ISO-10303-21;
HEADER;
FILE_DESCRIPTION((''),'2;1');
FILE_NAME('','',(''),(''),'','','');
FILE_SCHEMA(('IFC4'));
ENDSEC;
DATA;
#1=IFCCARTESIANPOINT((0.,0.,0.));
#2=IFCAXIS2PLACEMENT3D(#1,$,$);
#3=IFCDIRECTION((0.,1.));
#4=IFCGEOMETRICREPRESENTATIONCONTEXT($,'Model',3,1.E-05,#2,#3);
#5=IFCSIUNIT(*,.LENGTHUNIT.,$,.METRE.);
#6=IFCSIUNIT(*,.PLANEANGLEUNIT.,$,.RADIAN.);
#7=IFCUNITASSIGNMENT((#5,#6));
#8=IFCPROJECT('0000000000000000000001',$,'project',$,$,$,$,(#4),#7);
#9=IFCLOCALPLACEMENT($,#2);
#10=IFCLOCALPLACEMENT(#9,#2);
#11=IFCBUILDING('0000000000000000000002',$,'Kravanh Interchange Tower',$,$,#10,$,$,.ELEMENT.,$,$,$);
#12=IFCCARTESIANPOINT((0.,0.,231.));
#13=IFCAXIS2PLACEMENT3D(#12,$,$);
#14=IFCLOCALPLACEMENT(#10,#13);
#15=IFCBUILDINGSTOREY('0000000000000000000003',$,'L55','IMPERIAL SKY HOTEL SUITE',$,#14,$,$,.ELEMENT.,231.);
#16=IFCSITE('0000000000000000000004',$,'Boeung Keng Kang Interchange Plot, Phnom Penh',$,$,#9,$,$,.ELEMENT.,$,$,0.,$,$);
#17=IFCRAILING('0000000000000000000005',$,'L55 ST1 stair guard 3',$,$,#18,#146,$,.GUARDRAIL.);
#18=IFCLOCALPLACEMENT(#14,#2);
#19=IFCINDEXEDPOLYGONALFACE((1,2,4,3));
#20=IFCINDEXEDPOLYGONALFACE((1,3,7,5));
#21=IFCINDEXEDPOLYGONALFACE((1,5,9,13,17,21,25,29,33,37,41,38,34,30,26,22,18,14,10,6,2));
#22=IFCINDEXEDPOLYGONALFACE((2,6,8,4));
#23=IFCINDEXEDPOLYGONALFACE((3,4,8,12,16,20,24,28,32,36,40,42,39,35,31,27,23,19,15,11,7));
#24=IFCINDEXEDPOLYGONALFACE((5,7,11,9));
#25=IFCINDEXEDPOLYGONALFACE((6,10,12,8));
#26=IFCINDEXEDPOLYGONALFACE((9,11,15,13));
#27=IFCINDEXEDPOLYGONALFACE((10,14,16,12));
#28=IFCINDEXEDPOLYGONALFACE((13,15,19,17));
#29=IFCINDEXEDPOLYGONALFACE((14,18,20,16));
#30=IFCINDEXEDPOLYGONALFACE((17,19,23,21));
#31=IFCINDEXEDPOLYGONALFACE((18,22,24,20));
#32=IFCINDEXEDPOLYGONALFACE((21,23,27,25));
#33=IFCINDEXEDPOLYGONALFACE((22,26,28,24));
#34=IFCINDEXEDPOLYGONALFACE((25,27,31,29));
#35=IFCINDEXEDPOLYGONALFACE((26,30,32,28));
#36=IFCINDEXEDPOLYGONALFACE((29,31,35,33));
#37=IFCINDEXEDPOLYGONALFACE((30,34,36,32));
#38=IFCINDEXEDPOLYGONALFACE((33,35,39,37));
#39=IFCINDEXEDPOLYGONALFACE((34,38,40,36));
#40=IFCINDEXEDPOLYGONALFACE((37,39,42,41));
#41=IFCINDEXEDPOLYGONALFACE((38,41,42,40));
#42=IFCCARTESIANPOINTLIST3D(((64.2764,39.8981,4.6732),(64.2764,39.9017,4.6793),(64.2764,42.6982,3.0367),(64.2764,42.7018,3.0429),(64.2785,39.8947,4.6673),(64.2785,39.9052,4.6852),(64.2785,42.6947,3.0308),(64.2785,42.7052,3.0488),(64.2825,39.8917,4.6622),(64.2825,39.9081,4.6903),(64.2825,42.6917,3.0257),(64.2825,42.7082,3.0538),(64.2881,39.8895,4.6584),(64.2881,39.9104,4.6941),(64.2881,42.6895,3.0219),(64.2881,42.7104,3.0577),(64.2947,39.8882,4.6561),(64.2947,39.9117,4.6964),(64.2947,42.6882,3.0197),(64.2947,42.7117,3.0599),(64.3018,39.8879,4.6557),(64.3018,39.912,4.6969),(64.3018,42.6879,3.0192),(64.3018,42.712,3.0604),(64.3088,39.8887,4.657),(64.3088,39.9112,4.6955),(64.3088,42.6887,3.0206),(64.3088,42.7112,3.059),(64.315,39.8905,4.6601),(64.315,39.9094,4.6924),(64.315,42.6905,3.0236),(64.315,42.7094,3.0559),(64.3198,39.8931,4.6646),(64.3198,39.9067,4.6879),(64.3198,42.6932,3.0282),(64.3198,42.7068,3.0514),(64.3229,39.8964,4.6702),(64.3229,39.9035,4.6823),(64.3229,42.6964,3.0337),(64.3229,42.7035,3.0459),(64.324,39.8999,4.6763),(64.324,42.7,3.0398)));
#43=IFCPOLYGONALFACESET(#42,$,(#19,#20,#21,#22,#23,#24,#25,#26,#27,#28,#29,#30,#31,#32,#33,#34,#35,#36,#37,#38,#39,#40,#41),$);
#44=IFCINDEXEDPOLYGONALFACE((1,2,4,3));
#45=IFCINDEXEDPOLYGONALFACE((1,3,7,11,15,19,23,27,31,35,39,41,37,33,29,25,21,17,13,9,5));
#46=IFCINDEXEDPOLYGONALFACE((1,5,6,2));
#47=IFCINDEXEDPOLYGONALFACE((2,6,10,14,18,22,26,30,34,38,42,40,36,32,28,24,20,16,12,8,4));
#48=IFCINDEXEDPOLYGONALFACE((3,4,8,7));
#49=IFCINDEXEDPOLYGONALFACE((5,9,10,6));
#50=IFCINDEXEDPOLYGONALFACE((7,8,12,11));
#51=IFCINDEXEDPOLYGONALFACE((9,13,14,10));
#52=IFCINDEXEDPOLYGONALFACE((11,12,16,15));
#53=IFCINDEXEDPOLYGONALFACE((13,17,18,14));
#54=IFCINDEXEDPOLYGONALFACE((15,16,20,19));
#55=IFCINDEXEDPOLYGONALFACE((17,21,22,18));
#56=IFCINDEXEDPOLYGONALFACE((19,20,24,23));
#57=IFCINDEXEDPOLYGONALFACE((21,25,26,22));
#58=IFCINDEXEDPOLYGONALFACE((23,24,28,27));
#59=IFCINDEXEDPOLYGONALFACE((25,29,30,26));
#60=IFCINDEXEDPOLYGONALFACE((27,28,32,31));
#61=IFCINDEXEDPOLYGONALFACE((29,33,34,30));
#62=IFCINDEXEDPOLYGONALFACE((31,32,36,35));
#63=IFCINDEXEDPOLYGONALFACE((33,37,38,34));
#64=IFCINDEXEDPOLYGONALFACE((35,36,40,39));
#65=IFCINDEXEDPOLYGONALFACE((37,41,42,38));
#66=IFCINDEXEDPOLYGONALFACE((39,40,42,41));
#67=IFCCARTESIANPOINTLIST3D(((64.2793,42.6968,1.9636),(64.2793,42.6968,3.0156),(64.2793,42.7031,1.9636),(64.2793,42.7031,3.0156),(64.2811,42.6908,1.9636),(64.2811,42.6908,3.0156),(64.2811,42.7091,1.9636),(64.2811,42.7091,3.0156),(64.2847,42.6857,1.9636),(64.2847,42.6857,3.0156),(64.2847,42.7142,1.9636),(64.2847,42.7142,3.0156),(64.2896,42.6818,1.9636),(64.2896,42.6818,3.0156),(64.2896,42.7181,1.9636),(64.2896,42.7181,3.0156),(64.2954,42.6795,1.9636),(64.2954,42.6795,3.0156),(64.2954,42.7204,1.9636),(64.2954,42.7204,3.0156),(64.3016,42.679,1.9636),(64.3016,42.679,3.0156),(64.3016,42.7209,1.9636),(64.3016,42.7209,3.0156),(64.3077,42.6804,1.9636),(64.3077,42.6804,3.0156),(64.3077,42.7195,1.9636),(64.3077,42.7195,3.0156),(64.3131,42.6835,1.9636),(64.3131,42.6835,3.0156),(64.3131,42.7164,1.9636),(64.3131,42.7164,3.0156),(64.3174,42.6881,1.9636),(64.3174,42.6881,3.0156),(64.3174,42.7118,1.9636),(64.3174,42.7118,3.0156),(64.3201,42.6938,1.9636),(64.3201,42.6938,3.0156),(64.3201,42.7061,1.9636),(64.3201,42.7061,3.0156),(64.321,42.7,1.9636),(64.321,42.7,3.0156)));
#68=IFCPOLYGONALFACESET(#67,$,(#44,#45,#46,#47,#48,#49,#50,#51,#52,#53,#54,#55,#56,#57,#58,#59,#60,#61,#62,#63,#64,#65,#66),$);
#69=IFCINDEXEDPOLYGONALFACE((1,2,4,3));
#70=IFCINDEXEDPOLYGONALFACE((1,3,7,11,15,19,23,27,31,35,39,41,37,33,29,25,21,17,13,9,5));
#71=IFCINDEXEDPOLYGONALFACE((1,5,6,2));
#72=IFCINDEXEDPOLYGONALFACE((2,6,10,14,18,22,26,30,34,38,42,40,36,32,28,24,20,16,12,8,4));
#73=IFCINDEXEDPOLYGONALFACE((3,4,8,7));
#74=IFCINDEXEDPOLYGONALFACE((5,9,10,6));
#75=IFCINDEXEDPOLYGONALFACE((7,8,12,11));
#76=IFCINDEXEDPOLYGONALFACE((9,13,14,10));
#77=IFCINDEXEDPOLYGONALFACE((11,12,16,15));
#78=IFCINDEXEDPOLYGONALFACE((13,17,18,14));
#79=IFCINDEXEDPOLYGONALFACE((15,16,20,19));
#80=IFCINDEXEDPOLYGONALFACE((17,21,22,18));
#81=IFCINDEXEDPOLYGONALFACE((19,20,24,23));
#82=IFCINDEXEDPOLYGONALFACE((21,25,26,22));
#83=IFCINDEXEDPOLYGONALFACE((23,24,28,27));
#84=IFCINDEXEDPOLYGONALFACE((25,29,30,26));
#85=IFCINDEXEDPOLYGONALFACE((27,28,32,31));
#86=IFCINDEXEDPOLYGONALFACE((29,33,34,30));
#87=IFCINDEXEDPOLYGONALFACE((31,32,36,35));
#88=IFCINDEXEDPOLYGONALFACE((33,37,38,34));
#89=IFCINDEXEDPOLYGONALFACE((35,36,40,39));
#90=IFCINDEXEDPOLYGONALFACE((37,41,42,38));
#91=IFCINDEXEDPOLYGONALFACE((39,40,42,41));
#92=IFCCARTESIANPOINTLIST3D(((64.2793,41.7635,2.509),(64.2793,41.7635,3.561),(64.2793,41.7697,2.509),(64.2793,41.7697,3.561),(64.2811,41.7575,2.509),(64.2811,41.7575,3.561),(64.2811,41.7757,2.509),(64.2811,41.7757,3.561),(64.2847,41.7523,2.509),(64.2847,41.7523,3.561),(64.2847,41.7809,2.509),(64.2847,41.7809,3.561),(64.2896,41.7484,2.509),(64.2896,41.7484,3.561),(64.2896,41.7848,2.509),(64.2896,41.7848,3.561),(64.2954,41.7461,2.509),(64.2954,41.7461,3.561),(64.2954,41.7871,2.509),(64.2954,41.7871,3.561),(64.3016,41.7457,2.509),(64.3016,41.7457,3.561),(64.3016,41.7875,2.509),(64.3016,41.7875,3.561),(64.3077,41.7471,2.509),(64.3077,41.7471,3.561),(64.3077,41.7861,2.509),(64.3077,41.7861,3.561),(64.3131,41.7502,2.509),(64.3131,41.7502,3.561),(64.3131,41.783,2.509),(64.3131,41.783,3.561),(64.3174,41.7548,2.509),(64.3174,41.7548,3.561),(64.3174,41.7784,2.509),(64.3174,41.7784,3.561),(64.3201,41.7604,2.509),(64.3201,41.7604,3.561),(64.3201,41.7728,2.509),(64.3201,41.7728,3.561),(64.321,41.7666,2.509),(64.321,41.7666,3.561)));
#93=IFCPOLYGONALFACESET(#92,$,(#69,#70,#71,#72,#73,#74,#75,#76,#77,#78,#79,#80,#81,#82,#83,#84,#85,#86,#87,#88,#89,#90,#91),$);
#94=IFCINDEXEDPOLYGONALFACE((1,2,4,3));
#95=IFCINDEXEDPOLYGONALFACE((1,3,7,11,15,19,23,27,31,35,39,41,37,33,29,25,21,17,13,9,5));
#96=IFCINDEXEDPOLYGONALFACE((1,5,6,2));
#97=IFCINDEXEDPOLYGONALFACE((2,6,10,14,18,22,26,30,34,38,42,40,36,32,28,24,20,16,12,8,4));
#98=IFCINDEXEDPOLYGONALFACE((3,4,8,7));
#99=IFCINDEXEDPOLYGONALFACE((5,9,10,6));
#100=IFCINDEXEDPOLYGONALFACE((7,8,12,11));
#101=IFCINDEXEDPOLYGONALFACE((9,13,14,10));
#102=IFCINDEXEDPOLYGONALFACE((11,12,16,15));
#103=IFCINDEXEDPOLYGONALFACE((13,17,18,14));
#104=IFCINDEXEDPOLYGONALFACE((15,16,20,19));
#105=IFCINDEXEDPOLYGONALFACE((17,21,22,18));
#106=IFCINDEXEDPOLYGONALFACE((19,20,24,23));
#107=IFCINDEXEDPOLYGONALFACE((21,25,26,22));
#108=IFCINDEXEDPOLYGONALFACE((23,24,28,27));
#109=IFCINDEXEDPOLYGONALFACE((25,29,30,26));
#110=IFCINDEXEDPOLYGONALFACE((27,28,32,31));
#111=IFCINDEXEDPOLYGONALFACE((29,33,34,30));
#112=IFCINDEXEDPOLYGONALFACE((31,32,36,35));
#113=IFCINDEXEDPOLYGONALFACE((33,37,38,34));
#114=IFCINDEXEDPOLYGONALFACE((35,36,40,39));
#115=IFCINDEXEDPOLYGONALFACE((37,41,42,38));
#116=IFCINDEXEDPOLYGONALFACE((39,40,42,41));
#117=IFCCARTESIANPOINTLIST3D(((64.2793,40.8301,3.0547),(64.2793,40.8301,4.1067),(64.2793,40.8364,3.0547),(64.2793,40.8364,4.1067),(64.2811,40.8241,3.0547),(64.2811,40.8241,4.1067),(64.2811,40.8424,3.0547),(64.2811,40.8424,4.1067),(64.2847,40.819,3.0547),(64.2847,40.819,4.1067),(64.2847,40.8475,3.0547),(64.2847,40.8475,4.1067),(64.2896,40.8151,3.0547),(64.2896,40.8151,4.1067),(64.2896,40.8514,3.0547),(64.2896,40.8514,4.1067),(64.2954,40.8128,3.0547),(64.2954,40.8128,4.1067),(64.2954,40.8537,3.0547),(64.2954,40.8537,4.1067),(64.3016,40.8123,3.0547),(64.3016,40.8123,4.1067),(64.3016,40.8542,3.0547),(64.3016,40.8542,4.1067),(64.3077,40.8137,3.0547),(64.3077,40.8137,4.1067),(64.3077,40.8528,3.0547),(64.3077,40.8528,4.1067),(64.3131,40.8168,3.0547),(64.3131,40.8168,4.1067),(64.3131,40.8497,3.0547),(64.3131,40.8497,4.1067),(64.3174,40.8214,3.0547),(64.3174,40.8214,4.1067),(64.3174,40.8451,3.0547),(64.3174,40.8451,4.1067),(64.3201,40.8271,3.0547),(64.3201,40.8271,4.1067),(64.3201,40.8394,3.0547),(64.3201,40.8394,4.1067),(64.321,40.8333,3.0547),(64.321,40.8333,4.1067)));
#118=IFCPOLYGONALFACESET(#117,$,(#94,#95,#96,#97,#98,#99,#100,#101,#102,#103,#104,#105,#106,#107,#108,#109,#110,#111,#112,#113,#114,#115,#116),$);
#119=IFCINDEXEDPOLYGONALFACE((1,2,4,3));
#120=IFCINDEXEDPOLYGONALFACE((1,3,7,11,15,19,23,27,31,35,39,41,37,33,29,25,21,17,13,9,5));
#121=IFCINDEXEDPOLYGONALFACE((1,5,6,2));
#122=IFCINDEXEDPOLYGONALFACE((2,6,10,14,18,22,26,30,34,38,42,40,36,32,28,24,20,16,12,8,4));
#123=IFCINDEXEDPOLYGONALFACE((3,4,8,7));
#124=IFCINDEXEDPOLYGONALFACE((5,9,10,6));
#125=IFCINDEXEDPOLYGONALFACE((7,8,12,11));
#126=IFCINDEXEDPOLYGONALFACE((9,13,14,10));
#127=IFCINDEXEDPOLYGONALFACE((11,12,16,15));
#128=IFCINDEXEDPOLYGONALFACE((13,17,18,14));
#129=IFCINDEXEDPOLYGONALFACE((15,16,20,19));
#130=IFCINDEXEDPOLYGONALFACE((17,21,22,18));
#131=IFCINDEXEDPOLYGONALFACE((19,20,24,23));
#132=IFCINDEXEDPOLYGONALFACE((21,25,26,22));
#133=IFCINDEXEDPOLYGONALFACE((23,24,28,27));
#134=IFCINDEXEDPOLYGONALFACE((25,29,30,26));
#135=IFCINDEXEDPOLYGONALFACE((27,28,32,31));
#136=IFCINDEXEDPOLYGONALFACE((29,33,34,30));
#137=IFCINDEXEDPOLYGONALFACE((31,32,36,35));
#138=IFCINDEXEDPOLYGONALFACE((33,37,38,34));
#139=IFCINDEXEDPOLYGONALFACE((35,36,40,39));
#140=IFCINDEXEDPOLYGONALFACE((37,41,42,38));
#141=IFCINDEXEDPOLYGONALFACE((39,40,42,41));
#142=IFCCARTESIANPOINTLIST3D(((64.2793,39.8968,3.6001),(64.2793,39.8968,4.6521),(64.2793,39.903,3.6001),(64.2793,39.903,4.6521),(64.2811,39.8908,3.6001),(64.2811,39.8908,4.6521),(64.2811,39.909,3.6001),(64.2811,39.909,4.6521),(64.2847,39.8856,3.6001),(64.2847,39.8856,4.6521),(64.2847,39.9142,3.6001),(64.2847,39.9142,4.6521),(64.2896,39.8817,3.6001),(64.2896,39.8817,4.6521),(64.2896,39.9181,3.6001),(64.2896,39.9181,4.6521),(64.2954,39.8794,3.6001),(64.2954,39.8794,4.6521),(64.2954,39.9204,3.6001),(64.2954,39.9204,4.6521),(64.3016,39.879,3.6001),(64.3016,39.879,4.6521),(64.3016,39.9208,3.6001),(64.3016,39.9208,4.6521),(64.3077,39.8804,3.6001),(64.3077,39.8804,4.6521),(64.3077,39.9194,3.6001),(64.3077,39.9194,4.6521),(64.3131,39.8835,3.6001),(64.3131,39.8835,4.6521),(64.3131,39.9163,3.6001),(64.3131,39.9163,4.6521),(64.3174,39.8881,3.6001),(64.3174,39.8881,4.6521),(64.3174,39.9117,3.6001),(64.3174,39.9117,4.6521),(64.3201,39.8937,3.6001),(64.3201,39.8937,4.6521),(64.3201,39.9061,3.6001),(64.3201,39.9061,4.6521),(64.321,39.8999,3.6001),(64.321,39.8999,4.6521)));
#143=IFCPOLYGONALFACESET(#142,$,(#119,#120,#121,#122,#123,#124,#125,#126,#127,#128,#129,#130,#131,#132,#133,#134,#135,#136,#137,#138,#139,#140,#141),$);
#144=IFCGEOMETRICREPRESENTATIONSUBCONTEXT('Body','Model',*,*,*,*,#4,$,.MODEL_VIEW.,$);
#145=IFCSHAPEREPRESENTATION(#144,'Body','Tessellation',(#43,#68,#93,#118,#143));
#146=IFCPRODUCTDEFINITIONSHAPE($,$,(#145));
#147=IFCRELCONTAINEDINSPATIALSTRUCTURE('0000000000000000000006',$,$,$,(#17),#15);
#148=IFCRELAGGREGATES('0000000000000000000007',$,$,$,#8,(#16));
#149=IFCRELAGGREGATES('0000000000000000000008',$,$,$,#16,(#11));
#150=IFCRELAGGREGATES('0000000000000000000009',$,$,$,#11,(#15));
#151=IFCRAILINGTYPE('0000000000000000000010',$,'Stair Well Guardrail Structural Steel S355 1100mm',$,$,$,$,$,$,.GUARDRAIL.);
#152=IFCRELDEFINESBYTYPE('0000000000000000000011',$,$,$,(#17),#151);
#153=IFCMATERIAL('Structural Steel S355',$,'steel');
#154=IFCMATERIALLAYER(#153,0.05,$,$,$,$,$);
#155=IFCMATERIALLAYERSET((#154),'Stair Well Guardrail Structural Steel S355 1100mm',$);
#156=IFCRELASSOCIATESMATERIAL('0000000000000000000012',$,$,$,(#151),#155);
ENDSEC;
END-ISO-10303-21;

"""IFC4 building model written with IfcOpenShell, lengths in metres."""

from ifc_helpers import new_model, si_unit, direction, frame, origin, origin_2d, place, context, subcontext, project, spatial, circle, extrude, material, layer, layer_set, type_object, element, save


model = new_model("IFC4")

# Units and contexts
model_context = context("Model", 3, precision=1e-05, world=origin(), true_north=direction((0.0, 1.0)))
body_context = subcontext(model_context, "Body", "Model", "MODEL_VIEW")
ifc_project = project(units=[si_unit("LENGTHUNIT", "METRE"), si_unit("PLANEANGLEUNIT", "RADIAN")], contexts=[model_context])

# Site, building, storey
site_placement = place(None, origin())
site = spatial("IfcSite", under=ifc_project, at=site_placement, Name="Boeung Keng Kang Interchange Plot, Phnom Penh", CompositionType="ELEMENT", RefElevation=0.0)
building_placement = place(site_placement, origin())
building = spatial("IfcBuilding", under=site, at=building_placement, Name="Kravanh Interchange Tower", CompositionType="ELEMENT")
storey_placement = place(building_placement, frame((0.0, 0.0, 231.0)))
storey = spatial("IfcBuildingStorey", under=building, at=storey_placement, Name="L55", Description="IMPERIAL SKY HOTEL SUITE", CompositionType="ELEMENT", Elevation=231.0)

# Railing
ifc_material_1 = material(Name="Structural Steel S355", Category="steel")
ifc_layer_1 = layer(ifc_material_1, 0.05)
ifc_layer_set_1 = layer_set([ifc_layer_1], Name="Stair Well Guardrail Structural Steel S355 1100mm")
railing_type_1 = type_object("IfcRailingType", Name="Stair Well Guardrail Structural Steel S355 1100mm", PredefinedType="GUARDRAIL", material=ifc_layer_set_1)
railing_1_placement = place(storey_placement, frame((64.3, 42.7, 1.9636)))
element("IfcRailing", 1, at=railing_1_placement, inside=storey, type_object=railing_type_1, Name="L55 ST1 stair guard 3", PredefinedType="GUARDRAIL", context=body_context, shape_type="SweptSolid", body=[
    extrude(circle(Radius=0.0239, at=origin_2d()), frame((0.0, 0.0, 1.0762), z_axis=(0.0, -0.863361, 0.504587), x_axis=(1.0, 0.0, 0.0)), (0.0, 0.0, 1.0), 3.2432),
    extrude(circle(Radius=0.021, at=origin_2d()), origin(), (0.0, 0.0, 1.0), 1.052),
    extrude(circle(Radius=0.021, at=origin_2d()), frame((0.0, -0.9333, 0.5454)), (0.0, 0.0, 1.0), 1.052),
    extrude(circle(Radius=0.021, at=origin_2d()), frame((0.0, -1.8667, 1.0911)), (0.0, 0.0, 1.0), 1.052),
    extrude(circle(Radius=0.021, at=origin_2d()), frame((0.0, -2.8, 1.6365)), (0.0, 0.0, 1.0), 1.052),
])

save(model, "model.ifc")
